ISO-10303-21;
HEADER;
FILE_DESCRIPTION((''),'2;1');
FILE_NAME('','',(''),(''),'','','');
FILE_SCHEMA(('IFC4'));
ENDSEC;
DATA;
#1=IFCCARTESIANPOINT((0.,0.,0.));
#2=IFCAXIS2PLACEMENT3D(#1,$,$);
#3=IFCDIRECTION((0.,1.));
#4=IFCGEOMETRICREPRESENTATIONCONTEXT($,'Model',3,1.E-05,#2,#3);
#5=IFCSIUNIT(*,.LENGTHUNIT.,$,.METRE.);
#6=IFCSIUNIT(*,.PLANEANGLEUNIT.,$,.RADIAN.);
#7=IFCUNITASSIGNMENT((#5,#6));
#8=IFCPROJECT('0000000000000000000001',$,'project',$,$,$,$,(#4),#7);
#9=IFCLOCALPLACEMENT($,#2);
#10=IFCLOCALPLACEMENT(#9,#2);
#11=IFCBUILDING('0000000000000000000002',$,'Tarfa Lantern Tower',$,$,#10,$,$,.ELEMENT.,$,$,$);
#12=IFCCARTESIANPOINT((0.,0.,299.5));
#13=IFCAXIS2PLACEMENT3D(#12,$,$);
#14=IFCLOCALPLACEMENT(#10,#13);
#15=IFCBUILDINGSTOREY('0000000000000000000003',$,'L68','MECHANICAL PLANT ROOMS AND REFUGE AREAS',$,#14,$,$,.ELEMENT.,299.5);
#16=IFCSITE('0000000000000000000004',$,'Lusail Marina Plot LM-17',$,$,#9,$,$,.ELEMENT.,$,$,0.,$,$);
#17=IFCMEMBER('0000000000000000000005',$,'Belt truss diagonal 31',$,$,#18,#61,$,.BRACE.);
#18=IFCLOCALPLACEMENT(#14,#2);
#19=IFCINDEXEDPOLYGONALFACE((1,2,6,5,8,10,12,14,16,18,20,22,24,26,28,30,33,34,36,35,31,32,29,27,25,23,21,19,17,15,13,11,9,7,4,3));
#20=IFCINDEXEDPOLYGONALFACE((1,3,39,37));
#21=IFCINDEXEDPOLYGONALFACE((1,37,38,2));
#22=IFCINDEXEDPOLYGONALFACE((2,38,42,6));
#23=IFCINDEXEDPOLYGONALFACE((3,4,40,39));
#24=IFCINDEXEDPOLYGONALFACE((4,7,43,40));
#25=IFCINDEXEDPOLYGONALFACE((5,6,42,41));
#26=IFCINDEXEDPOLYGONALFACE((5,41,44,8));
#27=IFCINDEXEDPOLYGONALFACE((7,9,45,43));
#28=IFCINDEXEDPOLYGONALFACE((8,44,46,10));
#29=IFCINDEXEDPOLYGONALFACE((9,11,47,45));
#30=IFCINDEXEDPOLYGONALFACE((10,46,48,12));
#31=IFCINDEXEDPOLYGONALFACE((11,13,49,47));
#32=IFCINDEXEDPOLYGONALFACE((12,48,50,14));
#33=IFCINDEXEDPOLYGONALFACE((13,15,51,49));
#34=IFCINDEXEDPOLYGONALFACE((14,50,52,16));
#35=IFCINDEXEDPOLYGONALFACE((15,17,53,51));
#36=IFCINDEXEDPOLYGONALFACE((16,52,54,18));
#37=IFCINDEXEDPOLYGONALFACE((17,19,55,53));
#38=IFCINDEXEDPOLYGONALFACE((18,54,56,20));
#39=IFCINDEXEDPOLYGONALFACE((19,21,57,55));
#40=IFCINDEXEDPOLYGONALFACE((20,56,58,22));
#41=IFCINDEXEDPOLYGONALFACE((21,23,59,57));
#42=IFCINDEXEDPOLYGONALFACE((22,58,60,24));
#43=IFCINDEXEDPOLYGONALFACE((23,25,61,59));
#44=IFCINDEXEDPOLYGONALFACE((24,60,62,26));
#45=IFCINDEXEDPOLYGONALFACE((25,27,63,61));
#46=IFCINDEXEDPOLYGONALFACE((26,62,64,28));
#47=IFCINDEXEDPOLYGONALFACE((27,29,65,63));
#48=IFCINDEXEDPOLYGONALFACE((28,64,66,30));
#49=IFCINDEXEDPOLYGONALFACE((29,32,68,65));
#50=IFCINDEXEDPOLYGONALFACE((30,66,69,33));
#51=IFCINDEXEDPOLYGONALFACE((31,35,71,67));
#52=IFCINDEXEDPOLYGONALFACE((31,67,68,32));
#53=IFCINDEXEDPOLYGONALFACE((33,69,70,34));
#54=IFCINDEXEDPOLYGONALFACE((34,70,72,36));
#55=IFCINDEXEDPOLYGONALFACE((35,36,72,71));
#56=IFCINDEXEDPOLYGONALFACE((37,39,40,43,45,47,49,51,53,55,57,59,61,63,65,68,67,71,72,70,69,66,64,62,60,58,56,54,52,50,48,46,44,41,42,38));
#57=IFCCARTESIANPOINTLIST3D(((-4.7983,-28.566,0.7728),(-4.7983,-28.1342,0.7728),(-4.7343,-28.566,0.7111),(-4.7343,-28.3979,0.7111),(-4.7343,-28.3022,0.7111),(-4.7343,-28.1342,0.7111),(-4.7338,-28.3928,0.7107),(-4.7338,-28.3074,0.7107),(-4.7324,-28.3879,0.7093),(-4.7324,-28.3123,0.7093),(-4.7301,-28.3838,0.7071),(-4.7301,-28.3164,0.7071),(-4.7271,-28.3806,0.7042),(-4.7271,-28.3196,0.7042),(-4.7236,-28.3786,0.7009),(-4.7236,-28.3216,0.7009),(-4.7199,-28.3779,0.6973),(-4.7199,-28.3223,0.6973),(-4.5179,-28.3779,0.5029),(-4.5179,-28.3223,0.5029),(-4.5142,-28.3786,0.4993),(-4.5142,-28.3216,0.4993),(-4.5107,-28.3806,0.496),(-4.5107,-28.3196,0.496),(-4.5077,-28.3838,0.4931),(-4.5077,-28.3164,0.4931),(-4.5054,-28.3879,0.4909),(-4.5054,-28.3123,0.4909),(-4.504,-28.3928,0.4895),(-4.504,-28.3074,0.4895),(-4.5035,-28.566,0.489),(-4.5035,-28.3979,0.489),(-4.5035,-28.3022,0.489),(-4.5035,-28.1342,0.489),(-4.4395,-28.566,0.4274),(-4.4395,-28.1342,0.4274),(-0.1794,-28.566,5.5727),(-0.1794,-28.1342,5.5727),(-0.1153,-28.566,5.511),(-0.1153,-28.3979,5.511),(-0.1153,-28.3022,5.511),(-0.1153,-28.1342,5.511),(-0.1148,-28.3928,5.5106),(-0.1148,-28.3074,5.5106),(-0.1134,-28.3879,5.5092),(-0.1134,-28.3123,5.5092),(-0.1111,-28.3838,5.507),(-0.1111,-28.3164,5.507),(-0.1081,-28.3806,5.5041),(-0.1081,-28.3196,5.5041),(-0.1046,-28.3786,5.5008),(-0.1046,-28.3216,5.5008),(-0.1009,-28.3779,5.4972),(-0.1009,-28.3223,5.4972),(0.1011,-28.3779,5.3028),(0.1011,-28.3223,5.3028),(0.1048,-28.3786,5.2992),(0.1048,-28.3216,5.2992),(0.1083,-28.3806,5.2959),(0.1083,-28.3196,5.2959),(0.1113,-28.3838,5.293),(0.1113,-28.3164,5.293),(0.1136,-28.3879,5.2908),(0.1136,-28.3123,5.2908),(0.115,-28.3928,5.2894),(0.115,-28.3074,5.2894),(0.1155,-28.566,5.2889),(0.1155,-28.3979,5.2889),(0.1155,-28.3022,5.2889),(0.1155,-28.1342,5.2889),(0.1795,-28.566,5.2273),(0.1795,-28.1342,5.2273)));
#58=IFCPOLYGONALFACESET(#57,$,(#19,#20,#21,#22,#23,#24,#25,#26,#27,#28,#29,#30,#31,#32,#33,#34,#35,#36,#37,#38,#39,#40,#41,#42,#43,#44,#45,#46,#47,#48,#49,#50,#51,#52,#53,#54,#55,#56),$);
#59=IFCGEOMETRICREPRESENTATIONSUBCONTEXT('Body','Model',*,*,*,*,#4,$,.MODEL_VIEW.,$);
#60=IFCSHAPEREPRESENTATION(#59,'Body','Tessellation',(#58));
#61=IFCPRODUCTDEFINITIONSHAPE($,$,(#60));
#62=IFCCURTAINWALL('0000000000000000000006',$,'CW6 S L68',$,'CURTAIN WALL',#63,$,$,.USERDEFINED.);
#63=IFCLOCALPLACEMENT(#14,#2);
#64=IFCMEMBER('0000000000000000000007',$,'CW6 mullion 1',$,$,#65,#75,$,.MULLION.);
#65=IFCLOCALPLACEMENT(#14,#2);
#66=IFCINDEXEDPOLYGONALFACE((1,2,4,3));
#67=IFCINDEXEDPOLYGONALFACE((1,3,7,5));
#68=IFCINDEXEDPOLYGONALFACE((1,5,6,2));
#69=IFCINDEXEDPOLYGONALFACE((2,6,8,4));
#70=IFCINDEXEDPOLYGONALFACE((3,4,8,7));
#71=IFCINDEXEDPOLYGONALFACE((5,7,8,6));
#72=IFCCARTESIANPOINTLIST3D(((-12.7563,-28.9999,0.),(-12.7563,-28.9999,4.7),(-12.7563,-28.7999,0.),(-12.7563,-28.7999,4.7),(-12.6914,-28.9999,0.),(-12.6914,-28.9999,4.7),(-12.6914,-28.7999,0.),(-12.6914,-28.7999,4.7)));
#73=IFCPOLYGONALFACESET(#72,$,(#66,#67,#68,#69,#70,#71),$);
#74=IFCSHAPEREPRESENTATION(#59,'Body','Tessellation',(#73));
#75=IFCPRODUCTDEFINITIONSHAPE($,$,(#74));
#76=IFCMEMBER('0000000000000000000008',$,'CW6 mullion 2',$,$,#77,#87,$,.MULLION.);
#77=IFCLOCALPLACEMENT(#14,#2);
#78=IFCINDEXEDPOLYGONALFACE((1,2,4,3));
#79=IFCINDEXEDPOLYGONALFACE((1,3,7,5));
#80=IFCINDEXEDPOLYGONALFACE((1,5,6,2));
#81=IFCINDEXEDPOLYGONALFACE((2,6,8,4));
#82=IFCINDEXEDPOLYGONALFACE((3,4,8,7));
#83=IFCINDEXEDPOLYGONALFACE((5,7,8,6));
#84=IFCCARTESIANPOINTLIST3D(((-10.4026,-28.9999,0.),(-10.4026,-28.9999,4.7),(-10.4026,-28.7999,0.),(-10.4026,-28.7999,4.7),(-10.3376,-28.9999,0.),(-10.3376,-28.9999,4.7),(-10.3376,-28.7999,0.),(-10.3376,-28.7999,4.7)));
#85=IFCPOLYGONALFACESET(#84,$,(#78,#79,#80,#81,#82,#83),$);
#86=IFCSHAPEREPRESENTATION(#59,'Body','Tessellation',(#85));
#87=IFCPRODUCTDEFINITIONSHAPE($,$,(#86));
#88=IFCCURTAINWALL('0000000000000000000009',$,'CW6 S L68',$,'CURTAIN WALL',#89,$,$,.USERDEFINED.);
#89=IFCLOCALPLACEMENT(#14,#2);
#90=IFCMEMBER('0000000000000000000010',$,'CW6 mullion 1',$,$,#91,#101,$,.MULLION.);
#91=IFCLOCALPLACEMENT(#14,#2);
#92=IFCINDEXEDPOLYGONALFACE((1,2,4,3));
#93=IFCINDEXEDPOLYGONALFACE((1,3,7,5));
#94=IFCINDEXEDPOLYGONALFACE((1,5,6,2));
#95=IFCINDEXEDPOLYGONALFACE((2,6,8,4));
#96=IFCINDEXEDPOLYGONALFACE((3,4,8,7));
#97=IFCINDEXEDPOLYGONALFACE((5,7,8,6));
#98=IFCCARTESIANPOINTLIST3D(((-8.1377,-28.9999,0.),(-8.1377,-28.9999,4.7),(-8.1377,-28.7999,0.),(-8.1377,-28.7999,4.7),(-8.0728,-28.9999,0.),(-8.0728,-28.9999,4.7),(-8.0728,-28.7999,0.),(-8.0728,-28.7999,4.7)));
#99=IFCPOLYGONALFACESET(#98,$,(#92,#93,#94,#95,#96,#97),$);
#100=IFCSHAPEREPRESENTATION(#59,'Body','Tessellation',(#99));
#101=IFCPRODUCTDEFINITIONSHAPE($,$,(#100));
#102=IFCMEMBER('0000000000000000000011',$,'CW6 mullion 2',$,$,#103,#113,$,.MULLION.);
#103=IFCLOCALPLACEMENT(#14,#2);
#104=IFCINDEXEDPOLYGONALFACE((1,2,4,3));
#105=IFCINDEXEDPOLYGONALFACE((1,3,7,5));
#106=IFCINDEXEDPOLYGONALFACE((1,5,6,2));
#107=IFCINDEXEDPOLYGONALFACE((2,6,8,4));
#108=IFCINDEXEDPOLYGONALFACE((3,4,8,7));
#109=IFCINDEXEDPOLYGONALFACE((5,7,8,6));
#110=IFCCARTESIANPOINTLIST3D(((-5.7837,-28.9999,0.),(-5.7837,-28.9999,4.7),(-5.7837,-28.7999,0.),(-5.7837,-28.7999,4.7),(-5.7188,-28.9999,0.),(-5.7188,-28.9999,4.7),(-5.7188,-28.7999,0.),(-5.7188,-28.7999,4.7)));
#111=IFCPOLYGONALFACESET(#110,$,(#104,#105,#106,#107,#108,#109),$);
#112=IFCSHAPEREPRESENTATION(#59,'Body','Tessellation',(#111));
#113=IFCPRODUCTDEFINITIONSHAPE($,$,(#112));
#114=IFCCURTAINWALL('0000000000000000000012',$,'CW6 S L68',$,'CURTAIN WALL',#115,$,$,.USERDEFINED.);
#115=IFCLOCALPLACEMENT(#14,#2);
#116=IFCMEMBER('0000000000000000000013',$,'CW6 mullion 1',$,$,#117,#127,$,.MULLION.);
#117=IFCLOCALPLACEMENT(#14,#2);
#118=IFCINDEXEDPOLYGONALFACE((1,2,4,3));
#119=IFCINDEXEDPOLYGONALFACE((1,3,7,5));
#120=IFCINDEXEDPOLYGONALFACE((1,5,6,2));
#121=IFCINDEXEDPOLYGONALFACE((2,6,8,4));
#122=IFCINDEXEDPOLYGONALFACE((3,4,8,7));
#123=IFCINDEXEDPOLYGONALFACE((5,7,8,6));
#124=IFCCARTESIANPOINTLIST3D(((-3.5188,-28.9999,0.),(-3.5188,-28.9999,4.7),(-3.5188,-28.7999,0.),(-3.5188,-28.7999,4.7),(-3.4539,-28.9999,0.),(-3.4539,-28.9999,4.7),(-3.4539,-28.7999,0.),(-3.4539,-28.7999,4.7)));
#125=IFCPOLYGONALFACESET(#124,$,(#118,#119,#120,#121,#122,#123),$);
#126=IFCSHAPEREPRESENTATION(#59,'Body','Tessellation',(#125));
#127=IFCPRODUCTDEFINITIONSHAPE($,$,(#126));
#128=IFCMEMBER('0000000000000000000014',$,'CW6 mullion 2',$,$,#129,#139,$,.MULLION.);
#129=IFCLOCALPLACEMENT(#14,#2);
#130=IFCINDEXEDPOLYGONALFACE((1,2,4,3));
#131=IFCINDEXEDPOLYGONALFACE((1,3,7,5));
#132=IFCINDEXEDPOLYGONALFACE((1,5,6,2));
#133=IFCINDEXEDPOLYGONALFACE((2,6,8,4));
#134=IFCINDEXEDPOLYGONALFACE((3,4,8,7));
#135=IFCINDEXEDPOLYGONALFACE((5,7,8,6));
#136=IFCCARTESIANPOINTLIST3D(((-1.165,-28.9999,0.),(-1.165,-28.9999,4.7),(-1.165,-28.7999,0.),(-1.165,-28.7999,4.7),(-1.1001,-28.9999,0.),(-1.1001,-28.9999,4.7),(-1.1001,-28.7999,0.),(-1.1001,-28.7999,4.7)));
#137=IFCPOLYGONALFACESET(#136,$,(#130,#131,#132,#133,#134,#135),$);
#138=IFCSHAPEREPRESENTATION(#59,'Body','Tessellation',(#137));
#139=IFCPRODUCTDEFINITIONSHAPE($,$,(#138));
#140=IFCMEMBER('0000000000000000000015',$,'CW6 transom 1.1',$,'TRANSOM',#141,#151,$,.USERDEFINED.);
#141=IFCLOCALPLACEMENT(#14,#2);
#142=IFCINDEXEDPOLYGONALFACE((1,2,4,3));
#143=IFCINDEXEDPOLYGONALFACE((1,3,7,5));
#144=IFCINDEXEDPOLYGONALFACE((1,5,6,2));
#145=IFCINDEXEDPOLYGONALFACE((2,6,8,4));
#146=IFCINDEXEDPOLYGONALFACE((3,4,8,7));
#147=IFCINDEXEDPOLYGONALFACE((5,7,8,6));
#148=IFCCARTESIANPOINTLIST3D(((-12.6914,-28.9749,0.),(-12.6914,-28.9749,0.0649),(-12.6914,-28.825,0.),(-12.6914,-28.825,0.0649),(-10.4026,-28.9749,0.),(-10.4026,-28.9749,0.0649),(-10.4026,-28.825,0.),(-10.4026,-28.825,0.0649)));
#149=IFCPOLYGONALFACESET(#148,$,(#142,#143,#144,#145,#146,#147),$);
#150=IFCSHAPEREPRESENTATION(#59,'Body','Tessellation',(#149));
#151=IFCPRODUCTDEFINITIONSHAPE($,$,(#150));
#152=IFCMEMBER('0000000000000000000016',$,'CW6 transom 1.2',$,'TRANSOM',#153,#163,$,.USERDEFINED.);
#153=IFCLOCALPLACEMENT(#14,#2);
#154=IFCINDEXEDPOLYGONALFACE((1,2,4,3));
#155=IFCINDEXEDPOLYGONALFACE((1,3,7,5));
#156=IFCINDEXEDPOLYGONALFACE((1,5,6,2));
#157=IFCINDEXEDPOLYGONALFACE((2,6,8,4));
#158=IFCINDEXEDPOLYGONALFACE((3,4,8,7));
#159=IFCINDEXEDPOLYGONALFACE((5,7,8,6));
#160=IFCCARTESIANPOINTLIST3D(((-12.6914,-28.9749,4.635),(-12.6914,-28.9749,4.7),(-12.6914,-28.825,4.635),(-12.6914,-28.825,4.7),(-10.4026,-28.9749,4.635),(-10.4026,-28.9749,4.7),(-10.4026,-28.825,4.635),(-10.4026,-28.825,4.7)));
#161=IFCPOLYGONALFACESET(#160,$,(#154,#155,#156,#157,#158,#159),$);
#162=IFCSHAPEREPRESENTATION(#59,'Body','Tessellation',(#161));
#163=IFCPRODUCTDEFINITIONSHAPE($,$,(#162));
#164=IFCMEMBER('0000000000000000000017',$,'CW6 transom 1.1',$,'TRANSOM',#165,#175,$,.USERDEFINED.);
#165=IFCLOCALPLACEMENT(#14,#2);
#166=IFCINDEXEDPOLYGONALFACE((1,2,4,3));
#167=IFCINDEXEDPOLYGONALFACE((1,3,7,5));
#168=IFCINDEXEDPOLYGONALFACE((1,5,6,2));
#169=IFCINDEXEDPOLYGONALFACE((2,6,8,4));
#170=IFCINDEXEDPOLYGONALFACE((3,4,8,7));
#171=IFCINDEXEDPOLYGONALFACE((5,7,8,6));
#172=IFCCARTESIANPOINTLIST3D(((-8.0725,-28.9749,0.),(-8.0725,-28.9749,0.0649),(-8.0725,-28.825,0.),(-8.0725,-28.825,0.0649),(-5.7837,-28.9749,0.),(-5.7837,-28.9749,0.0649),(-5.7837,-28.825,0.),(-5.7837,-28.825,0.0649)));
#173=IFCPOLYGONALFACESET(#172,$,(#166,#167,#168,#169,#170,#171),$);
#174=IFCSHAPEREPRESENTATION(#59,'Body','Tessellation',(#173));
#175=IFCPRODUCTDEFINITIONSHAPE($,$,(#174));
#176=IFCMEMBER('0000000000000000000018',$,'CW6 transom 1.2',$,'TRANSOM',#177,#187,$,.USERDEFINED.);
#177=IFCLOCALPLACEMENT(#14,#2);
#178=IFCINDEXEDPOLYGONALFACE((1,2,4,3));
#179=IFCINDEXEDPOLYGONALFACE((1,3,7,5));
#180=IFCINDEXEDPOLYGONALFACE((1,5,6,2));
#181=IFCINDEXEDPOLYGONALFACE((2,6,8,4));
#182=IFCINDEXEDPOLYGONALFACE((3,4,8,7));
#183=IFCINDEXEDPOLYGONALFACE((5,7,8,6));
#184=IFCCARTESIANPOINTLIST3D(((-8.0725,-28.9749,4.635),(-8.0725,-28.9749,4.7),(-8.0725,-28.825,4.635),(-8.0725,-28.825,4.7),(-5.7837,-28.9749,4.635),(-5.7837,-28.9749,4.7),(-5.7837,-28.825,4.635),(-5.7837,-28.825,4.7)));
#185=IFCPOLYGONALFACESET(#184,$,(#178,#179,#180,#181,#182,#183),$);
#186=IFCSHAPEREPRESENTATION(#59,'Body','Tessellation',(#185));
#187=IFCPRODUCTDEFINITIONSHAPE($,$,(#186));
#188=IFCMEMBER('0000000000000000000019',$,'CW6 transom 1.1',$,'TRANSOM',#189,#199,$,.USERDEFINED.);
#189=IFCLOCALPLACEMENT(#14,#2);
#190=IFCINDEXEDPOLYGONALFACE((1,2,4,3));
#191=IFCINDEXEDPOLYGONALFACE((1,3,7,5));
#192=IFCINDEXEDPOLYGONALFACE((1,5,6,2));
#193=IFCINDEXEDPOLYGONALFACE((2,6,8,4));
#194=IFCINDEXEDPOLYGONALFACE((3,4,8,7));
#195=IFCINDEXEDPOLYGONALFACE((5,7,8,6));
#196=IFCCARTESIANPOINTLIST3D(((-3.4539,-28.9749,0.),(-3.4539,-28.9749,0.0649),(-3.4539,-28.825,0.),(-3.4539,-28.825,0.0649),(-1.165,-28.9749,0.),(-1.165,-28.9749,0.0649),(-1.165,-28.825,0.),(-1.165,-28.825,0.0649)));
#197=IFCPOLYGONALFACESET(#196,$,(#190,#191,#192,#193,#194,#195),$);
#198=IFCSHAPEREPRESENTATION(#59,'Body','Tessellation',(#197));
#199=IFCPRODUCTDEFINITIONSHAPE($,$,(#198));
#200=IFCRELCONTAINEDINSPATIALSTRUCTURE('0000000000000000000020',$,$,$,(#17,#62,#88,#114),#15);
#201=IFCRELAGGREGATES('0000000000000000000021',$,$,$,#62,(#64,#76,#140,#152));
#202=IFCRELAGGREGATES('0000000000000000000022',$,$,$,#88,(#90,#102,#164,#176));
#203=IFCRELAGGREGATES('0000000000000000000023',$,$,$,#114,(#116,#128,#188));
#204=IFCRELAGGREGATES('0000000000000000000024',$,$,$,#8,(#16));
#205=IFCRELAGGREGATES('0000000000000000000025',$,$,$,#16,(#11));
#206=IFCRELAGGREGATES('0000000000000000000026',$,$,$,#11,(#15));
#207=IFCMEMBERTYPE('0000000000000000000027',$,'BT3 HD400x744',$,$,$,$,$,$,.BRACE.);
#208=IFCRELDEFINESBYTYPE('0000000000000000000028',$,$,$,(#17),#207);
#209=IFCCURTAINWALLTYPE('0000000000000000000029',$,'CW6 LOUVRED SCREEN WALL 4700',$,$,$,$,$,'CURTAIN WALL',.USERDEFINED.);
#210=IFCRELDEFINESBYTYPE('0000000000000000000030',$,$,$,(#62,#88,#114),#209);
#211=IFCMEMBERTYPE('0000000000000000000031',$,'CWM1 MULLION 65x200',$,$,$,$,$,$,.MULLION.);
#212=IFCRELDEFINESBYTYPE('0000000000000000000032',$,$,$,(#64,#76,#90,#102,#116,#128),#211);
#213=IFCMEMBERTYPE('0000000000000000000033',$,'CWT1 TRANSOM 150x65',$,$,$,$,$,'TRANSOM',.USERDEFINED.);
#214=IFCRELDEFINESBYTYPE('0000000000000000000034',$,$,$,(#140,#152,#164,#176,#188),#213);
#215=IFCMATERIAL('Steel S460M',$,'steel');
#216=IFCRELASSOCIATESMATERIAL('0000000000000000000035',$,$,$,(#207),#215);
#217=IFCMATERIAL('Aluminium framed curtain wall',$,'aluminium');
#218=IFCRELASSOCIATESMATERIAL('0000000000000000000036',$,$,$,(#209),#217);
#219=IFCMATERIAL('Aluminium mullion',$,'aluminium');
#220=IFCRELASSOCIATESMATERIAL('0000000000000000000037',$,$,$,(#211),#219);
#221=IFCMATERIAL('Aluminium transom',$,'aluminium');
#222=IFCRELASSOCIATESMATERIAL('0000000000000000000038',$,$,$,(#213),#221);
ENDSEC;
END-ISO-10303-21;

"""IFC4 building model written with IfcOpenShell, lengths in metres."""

from ifc_helpers import new_model, si_unit, direction, frame, origin, origin_2d, place, context, subcontext, project, spatial, rectangle, i_section, extrude, material, material_profile, profile_set, type_object, element, aggregate, save


model = new_model("IFC4")

# Units and contexts
model_context = context("Model", 3, precision=1e-05, world=origin(), true_north=direction((0.0, 1.0)))
body_context = subcontext(model_context, "Body", "Model", "MODEL_VIEW")
ifc_project = project(units=[si_unit("LENGTHUNIT", "METRE"), si_unit("PLANEANGLEUNIT", "RADIAN")], contexts=[model_context])

# Site, building, storey
site_placement = place(None, origin())
site = spatial("IfcSite", under=ifc_project, at=site_placement, Name="Lusail Marina Plot LM-17", CompositionType="ELEMENT", RefElevation=0.0)
building_placement = place(site_placement, origin())
building = spatial("IfcBuilding", under=site, at=building_placement, Name="Tarfa Lantern Tower", CompositionType="ELEMENT")
storey_placement = place(building_placement, frame((0.0, 0.0, 299.5)))
storey = spatial("IfcBuildingStorey", under=building, at=storey_placement, Name="L68", Description="MECHANICAL PLANT ROOMS AND REFUGE AREAS", CompositionType="ELEMENT", Elevation=299.5)

# Member
ifc_material_1 = material(Name="Steel S460M", Category="steel")
ifc_material_profile_1 = material_profile(ifc_material_1, i_section(OverallWidth=0.4319, OverallDepth=0.498, WebThickness=0.0557, FlangeThickness=0.0889, FilletRadius=0.02, at=origin_2d()), Name="HD400x744")
ifc_profile_set_1 = profile_set([ifc_material_profile_1], Name="Steel S460M")
member_type_1 = type_object("IfcMemberType", Name="BT3 HD400x744", PredefinedType="BRACE", material=ifc_profile_set_1)
member_1_placement = place(storey_placement, frame((-4.6189, -28.3501, 0.6001), z_axis=(0.693397, 0.0, 0.720556), x_axis=(0.0, 1.0, 0.0)))
element("IfcMember", 1, at=member_1_placement, inside=storey, type_object=member_type_1, Name="Belt truss diagonal 31", PredefinedType="BRACE", context=body_context, shape_type="SweptSolid", body=[
    extrude(i_section(OverallWidth=0.4319, OverallDepth=0.498, WebThickness=0.0557, FlangeThickness=0.0889, FilletRadius=0.02, at=origin_2d()), origin(), (0.0, 0.0, 1.0), 6.6614),
])

# Curtain walls, members
ifc_material_2 = material(Name="Aluminium framed curtain wall", Category="aluminium")
curtain_wall_type = type_object("IfcCurtainWallType", Name="CW6 LOUVRED SCREEN WALL 4700", ElementType="CURTAIN WALL", PredefinedType="USERDEFINED", material=ifc_material_2)
curtain_wall_1_placement = place(storey_placement, origin())
curtain_wall_1 = element("IfcCurtainWall", 2, at=curtain_wall_1_placement, inside=storey, type_object=curtain_wall_type, Name="CW6 S L68", ObjectType="CURTAIN WALL", PredefinedType="USERDEFINED")
ifc_material_3 = material(Name="Aluminium mullion", Category="aluminium")
ifc_material_profile_2 = material_profile(ifc_material_3, rectangle(XDim=0.0649, YDim=0.2, at=origin_2d()), Name="AL MULLION 65x200")
ifc_profile_set_2 = profile_set([ifc_material_profile_2], Name="Aluminium mullion")
member_type_2 = type_object("IfcMemberType", Name="CWM1 MULLION 65x200", PredefinedType="MULLION", material=ifc_profile_set_2)
member_2_placement = place(storey_placement, frame((-12.7239, -28.8999, 0.0), z_axis=(0.0, 0.0, 1.0), x_axis=(1.0, 0.0, 0.0)))
member_2 = element("IfcMember", 3, at=member_2_placement, type_object=member_type_2, Name="CW6 mullion 1", PredefinedType="MULLION", context=body_context, shape_type="SweptSolid", body=[
    extrude(rectangle(XDim=0.0649, YDim=0.2, at=origin_2d()), origin(), (0.0, 0.0, 1.0), 4.7),
])
member_3_placement = place(storey_placement, frame((-10.3701, -28.8999, 0.0), z_axis=(0.0, 0.0, 1.0), x_axis=(1.0, 0.0, 0.0)))
member_3 = element("IfcMember", 4, at=member_3_placement, type_object=member_type_2, Name="CW6 mullion 2", PredefinedType="MULLION", context=body_context, shape_type="SweptSolid", body=[
    extrude(rectangle(XDim=0.0649, YDim=0.2, at=origin_2d()), origin(), (0.0, 0.0, 1.0), 4.7),
])
curtain_wall_2_placement = place(storey_placement, origin())
curtain_wall_2 = element("IfcCurtainWall", 5, at=curtain_wall_2_placement, inside=storey, type_object=curtain_wall_type, Name="CW6 S L68", ObjectType="CURTAIN WALL", PredefinedType="USERDEFINED")
member_4_placement = place(storey_placement, frame((-8.1052, -28.8999, 0.0), z_axis=(0.0, 0.0, 1.0), x_axis=(1.0, 0.0, 0.0)))
member_4 = element("IfcMember", 6, at=member_4_placement, type_object=member_type_2, Name="CW6 mullion 1", PredefinedType="MULLION", context=body_context, shape_type="SweptSolid", body=[
    extrude(rectangle(XDim=0.0649, YDim=0.2, at=origin_2d()), origin(), (0.0, 0.0, 1.0), 4.7),
])
member_5_placement = place(storey_placement, frame((-5.7512, -28.8999, 0.0), z_axis=(0.0, 0.0, 1.0), x_axis=(1.0, 0.0, 0.0)))
member_5 = element("IfcMember", 7, at=member_5_placement, type_object=member_type_2, Name="CW6 mullion 2", PredefinedType="MULLION", context=body_context, shape_type="SweptSolid", body=[
    extrude(rectangle(XDim=0.0649, YDim=0.2, at=origin_2d()), origin(), (0.0, 0.0, 1.0), 4.7),
])
curtain_wall_3_placement = place(storey_placement, origin())
curtain_wall_3 = element("IfcCurtainWall", 8, at=curtain_wall_3_placement, inside=storey, type_object=curtain_wall_type, Name="CW6 S L68", ObjectType="CURTAIN WALL", PredefinedType="USERDEFINED")
member_6_placement = place(storey_placement, frame((-3.4863, -28.8999, 0.0), z_axis=(0.0, 0.0, 1.0), x_axis=(1.0, 0.0, 0.0)))
member_6 = element("IfcMember", 9, at=member_6_placement, type_object=member_type_2, Name="CW6 mullion 1", PredefinedType="MULLION", context=body_context, shape_type="SweptSolid", body=[
    extrude(rectangle(XDim=0.0649, YDim=0.2, at=origin_2d()), origin(), (0.0, 0.0, 1.0), 4.7),
])
member_7_placement = place(storey_placement, frame((-1.1326, -28.8999, 0.0), z_axis=(0.0, 0.0, 1.0), x_axis=(1.0, 0.0, 0.0)))
member_7 = element("IfcMember", 10, at=member_7_placement, type_object=member_type_2, Name="CW6 mullion 2", PredefinedType="MULLION", context=body_context, shape_type="SweptSolid", body=[
    extrude(rectangle(XDim=0.0649, YDim=0.2, at=origin_2d()), origin(), (0.0, 0.0, 1.0), 4.7),
])

# Members
ifc_material_4 = material(Name="Aluminium transom", Category="aluminium")
ifc_material_profile_3 = material_profile(ifc_material_4, rectangle(XDim=0.1499, YDim=0.0649, at=origin_2d()), Name="AL TRANSOM 150x65")
ifc_profile_set_3 = profile_set([ifc_material_profile_3], Name="Aluminium transom")
member_type_3 = type_object("IfcMemberType", Name="CWT1 TRANSOM 150x65", ElementType="TRANSOM", PredefinedType="USERDEFINED", material=ifc_profile_set_3)
member_8_placement = place(storey_placement, frame((-12.6914, -28.8999, 0.0325), z_axis=(1.0, 0.0, 0.0), x_axis=(0.0, 1.0, 0.0)))
member_8 = element("IfcMember", 11, at=member_8_placement, type_object=member_type_3, Name="CW6 transom 1.1", ObjectType="TRANSOM", PredefinedType="USERDEFINED", context=body_context, shape_type="SweptSolid", body=[
    extrude(rectangle(XDim=0.1499, YDim=0.0649, at=origin_2d()), origin(), (0.0, 0.0, 1.0), 2.2888),
])
member_9_placement = place(storey_placement, frame((-12.6914, -28.8999, 4.6675), z_axis=(1.0, 0.0, 0.0), x_axis=(0.0, 1.0, 0.0)))
member_9 = element("IfcMember", 12, at=member_9_placement, type_object=member_type_3, Name="CW6 transom 1.2", ObjectType="TRANSOM", PredefinedType="USERDEFINED", context=body_context, shape_type="SweptSolid", body=[
    extrude(rectangle(XDim=0.1499, YDim=0.0649, at=origin_2d()), origin(), (0.0, 0.0, 1.0), 2.2888),
])
member_10_placement = place(storey_placement, frame((-8.0725, -28.8999, 0.0325), z_axis=(1.0, 0.0, 0.0), x_axis=(0.0, 1.0, 0.0)))
member_10 = element("IfcMember", 13, at=member_10_placement, type_object=member_type_3, Name="CW6 transom 1.1", ObjectType="TRANSOM", PredefinedType="USERDEFINED", context=body_context, shape_type="SweptSolid", body=[
    extrude(rectangle(XDim=0.1499, YDim=0.0649, at=origin_2d()), origin(), (0.0, 0.0, 1.0), 2.2888),
])
member_11_placement = place(storey_placement, frame((-8.0725, -28.8999, 4.6675), z_axis=(1.0, 0.0, 0.0), x_axis=(0.0, 1.0, 0.0)))
member_11 = element("IfcMember", 14, at=member_11_placement, type_object=member_type_3, Name="CW6 transom 1.2", ObjectType="TRANSOM", PredefinedType="USERDEFINED", context=body_context, shape_type="SweptSolid", body=[
    extrude(rectangle(XDim=0.1499, YDim=0.0649, at=origin_2d()), origin(), (0.0, 0.0, 1.0), 2.2888),
])
member_12_placement = place(storey_placement, frame((-3.4539, -28.8999, 0.0325), z_axis=(1.0, 0.0, 0.0), x_axis=(0.0, 1.0, 0.0)))
member_12 = element("IfcMember", 15, at=member_12_placement, type_object=member_type_3, Name="CW6 transom 1.1", ObjectType="TRANSOM", PredefinedType="USERDEFINED", context=body_context, shape_type="SweptSolid", body=[
    extrude(rectangle(XDim=0.1499, YDim=0.0649, at=origin_2d()), origin(), (0.0, 0.0, 1.0), 2.2888),
])

aggregate(curtain_wall_1, [member_2, member_3, member_8, member_9])
aggregate(curtain_wall_2, [member_4, member_5, member_10, member_11])
aggregate(curtain_wall_3, [member_6, member_7, member_12])

save(model, "model.ifc")
